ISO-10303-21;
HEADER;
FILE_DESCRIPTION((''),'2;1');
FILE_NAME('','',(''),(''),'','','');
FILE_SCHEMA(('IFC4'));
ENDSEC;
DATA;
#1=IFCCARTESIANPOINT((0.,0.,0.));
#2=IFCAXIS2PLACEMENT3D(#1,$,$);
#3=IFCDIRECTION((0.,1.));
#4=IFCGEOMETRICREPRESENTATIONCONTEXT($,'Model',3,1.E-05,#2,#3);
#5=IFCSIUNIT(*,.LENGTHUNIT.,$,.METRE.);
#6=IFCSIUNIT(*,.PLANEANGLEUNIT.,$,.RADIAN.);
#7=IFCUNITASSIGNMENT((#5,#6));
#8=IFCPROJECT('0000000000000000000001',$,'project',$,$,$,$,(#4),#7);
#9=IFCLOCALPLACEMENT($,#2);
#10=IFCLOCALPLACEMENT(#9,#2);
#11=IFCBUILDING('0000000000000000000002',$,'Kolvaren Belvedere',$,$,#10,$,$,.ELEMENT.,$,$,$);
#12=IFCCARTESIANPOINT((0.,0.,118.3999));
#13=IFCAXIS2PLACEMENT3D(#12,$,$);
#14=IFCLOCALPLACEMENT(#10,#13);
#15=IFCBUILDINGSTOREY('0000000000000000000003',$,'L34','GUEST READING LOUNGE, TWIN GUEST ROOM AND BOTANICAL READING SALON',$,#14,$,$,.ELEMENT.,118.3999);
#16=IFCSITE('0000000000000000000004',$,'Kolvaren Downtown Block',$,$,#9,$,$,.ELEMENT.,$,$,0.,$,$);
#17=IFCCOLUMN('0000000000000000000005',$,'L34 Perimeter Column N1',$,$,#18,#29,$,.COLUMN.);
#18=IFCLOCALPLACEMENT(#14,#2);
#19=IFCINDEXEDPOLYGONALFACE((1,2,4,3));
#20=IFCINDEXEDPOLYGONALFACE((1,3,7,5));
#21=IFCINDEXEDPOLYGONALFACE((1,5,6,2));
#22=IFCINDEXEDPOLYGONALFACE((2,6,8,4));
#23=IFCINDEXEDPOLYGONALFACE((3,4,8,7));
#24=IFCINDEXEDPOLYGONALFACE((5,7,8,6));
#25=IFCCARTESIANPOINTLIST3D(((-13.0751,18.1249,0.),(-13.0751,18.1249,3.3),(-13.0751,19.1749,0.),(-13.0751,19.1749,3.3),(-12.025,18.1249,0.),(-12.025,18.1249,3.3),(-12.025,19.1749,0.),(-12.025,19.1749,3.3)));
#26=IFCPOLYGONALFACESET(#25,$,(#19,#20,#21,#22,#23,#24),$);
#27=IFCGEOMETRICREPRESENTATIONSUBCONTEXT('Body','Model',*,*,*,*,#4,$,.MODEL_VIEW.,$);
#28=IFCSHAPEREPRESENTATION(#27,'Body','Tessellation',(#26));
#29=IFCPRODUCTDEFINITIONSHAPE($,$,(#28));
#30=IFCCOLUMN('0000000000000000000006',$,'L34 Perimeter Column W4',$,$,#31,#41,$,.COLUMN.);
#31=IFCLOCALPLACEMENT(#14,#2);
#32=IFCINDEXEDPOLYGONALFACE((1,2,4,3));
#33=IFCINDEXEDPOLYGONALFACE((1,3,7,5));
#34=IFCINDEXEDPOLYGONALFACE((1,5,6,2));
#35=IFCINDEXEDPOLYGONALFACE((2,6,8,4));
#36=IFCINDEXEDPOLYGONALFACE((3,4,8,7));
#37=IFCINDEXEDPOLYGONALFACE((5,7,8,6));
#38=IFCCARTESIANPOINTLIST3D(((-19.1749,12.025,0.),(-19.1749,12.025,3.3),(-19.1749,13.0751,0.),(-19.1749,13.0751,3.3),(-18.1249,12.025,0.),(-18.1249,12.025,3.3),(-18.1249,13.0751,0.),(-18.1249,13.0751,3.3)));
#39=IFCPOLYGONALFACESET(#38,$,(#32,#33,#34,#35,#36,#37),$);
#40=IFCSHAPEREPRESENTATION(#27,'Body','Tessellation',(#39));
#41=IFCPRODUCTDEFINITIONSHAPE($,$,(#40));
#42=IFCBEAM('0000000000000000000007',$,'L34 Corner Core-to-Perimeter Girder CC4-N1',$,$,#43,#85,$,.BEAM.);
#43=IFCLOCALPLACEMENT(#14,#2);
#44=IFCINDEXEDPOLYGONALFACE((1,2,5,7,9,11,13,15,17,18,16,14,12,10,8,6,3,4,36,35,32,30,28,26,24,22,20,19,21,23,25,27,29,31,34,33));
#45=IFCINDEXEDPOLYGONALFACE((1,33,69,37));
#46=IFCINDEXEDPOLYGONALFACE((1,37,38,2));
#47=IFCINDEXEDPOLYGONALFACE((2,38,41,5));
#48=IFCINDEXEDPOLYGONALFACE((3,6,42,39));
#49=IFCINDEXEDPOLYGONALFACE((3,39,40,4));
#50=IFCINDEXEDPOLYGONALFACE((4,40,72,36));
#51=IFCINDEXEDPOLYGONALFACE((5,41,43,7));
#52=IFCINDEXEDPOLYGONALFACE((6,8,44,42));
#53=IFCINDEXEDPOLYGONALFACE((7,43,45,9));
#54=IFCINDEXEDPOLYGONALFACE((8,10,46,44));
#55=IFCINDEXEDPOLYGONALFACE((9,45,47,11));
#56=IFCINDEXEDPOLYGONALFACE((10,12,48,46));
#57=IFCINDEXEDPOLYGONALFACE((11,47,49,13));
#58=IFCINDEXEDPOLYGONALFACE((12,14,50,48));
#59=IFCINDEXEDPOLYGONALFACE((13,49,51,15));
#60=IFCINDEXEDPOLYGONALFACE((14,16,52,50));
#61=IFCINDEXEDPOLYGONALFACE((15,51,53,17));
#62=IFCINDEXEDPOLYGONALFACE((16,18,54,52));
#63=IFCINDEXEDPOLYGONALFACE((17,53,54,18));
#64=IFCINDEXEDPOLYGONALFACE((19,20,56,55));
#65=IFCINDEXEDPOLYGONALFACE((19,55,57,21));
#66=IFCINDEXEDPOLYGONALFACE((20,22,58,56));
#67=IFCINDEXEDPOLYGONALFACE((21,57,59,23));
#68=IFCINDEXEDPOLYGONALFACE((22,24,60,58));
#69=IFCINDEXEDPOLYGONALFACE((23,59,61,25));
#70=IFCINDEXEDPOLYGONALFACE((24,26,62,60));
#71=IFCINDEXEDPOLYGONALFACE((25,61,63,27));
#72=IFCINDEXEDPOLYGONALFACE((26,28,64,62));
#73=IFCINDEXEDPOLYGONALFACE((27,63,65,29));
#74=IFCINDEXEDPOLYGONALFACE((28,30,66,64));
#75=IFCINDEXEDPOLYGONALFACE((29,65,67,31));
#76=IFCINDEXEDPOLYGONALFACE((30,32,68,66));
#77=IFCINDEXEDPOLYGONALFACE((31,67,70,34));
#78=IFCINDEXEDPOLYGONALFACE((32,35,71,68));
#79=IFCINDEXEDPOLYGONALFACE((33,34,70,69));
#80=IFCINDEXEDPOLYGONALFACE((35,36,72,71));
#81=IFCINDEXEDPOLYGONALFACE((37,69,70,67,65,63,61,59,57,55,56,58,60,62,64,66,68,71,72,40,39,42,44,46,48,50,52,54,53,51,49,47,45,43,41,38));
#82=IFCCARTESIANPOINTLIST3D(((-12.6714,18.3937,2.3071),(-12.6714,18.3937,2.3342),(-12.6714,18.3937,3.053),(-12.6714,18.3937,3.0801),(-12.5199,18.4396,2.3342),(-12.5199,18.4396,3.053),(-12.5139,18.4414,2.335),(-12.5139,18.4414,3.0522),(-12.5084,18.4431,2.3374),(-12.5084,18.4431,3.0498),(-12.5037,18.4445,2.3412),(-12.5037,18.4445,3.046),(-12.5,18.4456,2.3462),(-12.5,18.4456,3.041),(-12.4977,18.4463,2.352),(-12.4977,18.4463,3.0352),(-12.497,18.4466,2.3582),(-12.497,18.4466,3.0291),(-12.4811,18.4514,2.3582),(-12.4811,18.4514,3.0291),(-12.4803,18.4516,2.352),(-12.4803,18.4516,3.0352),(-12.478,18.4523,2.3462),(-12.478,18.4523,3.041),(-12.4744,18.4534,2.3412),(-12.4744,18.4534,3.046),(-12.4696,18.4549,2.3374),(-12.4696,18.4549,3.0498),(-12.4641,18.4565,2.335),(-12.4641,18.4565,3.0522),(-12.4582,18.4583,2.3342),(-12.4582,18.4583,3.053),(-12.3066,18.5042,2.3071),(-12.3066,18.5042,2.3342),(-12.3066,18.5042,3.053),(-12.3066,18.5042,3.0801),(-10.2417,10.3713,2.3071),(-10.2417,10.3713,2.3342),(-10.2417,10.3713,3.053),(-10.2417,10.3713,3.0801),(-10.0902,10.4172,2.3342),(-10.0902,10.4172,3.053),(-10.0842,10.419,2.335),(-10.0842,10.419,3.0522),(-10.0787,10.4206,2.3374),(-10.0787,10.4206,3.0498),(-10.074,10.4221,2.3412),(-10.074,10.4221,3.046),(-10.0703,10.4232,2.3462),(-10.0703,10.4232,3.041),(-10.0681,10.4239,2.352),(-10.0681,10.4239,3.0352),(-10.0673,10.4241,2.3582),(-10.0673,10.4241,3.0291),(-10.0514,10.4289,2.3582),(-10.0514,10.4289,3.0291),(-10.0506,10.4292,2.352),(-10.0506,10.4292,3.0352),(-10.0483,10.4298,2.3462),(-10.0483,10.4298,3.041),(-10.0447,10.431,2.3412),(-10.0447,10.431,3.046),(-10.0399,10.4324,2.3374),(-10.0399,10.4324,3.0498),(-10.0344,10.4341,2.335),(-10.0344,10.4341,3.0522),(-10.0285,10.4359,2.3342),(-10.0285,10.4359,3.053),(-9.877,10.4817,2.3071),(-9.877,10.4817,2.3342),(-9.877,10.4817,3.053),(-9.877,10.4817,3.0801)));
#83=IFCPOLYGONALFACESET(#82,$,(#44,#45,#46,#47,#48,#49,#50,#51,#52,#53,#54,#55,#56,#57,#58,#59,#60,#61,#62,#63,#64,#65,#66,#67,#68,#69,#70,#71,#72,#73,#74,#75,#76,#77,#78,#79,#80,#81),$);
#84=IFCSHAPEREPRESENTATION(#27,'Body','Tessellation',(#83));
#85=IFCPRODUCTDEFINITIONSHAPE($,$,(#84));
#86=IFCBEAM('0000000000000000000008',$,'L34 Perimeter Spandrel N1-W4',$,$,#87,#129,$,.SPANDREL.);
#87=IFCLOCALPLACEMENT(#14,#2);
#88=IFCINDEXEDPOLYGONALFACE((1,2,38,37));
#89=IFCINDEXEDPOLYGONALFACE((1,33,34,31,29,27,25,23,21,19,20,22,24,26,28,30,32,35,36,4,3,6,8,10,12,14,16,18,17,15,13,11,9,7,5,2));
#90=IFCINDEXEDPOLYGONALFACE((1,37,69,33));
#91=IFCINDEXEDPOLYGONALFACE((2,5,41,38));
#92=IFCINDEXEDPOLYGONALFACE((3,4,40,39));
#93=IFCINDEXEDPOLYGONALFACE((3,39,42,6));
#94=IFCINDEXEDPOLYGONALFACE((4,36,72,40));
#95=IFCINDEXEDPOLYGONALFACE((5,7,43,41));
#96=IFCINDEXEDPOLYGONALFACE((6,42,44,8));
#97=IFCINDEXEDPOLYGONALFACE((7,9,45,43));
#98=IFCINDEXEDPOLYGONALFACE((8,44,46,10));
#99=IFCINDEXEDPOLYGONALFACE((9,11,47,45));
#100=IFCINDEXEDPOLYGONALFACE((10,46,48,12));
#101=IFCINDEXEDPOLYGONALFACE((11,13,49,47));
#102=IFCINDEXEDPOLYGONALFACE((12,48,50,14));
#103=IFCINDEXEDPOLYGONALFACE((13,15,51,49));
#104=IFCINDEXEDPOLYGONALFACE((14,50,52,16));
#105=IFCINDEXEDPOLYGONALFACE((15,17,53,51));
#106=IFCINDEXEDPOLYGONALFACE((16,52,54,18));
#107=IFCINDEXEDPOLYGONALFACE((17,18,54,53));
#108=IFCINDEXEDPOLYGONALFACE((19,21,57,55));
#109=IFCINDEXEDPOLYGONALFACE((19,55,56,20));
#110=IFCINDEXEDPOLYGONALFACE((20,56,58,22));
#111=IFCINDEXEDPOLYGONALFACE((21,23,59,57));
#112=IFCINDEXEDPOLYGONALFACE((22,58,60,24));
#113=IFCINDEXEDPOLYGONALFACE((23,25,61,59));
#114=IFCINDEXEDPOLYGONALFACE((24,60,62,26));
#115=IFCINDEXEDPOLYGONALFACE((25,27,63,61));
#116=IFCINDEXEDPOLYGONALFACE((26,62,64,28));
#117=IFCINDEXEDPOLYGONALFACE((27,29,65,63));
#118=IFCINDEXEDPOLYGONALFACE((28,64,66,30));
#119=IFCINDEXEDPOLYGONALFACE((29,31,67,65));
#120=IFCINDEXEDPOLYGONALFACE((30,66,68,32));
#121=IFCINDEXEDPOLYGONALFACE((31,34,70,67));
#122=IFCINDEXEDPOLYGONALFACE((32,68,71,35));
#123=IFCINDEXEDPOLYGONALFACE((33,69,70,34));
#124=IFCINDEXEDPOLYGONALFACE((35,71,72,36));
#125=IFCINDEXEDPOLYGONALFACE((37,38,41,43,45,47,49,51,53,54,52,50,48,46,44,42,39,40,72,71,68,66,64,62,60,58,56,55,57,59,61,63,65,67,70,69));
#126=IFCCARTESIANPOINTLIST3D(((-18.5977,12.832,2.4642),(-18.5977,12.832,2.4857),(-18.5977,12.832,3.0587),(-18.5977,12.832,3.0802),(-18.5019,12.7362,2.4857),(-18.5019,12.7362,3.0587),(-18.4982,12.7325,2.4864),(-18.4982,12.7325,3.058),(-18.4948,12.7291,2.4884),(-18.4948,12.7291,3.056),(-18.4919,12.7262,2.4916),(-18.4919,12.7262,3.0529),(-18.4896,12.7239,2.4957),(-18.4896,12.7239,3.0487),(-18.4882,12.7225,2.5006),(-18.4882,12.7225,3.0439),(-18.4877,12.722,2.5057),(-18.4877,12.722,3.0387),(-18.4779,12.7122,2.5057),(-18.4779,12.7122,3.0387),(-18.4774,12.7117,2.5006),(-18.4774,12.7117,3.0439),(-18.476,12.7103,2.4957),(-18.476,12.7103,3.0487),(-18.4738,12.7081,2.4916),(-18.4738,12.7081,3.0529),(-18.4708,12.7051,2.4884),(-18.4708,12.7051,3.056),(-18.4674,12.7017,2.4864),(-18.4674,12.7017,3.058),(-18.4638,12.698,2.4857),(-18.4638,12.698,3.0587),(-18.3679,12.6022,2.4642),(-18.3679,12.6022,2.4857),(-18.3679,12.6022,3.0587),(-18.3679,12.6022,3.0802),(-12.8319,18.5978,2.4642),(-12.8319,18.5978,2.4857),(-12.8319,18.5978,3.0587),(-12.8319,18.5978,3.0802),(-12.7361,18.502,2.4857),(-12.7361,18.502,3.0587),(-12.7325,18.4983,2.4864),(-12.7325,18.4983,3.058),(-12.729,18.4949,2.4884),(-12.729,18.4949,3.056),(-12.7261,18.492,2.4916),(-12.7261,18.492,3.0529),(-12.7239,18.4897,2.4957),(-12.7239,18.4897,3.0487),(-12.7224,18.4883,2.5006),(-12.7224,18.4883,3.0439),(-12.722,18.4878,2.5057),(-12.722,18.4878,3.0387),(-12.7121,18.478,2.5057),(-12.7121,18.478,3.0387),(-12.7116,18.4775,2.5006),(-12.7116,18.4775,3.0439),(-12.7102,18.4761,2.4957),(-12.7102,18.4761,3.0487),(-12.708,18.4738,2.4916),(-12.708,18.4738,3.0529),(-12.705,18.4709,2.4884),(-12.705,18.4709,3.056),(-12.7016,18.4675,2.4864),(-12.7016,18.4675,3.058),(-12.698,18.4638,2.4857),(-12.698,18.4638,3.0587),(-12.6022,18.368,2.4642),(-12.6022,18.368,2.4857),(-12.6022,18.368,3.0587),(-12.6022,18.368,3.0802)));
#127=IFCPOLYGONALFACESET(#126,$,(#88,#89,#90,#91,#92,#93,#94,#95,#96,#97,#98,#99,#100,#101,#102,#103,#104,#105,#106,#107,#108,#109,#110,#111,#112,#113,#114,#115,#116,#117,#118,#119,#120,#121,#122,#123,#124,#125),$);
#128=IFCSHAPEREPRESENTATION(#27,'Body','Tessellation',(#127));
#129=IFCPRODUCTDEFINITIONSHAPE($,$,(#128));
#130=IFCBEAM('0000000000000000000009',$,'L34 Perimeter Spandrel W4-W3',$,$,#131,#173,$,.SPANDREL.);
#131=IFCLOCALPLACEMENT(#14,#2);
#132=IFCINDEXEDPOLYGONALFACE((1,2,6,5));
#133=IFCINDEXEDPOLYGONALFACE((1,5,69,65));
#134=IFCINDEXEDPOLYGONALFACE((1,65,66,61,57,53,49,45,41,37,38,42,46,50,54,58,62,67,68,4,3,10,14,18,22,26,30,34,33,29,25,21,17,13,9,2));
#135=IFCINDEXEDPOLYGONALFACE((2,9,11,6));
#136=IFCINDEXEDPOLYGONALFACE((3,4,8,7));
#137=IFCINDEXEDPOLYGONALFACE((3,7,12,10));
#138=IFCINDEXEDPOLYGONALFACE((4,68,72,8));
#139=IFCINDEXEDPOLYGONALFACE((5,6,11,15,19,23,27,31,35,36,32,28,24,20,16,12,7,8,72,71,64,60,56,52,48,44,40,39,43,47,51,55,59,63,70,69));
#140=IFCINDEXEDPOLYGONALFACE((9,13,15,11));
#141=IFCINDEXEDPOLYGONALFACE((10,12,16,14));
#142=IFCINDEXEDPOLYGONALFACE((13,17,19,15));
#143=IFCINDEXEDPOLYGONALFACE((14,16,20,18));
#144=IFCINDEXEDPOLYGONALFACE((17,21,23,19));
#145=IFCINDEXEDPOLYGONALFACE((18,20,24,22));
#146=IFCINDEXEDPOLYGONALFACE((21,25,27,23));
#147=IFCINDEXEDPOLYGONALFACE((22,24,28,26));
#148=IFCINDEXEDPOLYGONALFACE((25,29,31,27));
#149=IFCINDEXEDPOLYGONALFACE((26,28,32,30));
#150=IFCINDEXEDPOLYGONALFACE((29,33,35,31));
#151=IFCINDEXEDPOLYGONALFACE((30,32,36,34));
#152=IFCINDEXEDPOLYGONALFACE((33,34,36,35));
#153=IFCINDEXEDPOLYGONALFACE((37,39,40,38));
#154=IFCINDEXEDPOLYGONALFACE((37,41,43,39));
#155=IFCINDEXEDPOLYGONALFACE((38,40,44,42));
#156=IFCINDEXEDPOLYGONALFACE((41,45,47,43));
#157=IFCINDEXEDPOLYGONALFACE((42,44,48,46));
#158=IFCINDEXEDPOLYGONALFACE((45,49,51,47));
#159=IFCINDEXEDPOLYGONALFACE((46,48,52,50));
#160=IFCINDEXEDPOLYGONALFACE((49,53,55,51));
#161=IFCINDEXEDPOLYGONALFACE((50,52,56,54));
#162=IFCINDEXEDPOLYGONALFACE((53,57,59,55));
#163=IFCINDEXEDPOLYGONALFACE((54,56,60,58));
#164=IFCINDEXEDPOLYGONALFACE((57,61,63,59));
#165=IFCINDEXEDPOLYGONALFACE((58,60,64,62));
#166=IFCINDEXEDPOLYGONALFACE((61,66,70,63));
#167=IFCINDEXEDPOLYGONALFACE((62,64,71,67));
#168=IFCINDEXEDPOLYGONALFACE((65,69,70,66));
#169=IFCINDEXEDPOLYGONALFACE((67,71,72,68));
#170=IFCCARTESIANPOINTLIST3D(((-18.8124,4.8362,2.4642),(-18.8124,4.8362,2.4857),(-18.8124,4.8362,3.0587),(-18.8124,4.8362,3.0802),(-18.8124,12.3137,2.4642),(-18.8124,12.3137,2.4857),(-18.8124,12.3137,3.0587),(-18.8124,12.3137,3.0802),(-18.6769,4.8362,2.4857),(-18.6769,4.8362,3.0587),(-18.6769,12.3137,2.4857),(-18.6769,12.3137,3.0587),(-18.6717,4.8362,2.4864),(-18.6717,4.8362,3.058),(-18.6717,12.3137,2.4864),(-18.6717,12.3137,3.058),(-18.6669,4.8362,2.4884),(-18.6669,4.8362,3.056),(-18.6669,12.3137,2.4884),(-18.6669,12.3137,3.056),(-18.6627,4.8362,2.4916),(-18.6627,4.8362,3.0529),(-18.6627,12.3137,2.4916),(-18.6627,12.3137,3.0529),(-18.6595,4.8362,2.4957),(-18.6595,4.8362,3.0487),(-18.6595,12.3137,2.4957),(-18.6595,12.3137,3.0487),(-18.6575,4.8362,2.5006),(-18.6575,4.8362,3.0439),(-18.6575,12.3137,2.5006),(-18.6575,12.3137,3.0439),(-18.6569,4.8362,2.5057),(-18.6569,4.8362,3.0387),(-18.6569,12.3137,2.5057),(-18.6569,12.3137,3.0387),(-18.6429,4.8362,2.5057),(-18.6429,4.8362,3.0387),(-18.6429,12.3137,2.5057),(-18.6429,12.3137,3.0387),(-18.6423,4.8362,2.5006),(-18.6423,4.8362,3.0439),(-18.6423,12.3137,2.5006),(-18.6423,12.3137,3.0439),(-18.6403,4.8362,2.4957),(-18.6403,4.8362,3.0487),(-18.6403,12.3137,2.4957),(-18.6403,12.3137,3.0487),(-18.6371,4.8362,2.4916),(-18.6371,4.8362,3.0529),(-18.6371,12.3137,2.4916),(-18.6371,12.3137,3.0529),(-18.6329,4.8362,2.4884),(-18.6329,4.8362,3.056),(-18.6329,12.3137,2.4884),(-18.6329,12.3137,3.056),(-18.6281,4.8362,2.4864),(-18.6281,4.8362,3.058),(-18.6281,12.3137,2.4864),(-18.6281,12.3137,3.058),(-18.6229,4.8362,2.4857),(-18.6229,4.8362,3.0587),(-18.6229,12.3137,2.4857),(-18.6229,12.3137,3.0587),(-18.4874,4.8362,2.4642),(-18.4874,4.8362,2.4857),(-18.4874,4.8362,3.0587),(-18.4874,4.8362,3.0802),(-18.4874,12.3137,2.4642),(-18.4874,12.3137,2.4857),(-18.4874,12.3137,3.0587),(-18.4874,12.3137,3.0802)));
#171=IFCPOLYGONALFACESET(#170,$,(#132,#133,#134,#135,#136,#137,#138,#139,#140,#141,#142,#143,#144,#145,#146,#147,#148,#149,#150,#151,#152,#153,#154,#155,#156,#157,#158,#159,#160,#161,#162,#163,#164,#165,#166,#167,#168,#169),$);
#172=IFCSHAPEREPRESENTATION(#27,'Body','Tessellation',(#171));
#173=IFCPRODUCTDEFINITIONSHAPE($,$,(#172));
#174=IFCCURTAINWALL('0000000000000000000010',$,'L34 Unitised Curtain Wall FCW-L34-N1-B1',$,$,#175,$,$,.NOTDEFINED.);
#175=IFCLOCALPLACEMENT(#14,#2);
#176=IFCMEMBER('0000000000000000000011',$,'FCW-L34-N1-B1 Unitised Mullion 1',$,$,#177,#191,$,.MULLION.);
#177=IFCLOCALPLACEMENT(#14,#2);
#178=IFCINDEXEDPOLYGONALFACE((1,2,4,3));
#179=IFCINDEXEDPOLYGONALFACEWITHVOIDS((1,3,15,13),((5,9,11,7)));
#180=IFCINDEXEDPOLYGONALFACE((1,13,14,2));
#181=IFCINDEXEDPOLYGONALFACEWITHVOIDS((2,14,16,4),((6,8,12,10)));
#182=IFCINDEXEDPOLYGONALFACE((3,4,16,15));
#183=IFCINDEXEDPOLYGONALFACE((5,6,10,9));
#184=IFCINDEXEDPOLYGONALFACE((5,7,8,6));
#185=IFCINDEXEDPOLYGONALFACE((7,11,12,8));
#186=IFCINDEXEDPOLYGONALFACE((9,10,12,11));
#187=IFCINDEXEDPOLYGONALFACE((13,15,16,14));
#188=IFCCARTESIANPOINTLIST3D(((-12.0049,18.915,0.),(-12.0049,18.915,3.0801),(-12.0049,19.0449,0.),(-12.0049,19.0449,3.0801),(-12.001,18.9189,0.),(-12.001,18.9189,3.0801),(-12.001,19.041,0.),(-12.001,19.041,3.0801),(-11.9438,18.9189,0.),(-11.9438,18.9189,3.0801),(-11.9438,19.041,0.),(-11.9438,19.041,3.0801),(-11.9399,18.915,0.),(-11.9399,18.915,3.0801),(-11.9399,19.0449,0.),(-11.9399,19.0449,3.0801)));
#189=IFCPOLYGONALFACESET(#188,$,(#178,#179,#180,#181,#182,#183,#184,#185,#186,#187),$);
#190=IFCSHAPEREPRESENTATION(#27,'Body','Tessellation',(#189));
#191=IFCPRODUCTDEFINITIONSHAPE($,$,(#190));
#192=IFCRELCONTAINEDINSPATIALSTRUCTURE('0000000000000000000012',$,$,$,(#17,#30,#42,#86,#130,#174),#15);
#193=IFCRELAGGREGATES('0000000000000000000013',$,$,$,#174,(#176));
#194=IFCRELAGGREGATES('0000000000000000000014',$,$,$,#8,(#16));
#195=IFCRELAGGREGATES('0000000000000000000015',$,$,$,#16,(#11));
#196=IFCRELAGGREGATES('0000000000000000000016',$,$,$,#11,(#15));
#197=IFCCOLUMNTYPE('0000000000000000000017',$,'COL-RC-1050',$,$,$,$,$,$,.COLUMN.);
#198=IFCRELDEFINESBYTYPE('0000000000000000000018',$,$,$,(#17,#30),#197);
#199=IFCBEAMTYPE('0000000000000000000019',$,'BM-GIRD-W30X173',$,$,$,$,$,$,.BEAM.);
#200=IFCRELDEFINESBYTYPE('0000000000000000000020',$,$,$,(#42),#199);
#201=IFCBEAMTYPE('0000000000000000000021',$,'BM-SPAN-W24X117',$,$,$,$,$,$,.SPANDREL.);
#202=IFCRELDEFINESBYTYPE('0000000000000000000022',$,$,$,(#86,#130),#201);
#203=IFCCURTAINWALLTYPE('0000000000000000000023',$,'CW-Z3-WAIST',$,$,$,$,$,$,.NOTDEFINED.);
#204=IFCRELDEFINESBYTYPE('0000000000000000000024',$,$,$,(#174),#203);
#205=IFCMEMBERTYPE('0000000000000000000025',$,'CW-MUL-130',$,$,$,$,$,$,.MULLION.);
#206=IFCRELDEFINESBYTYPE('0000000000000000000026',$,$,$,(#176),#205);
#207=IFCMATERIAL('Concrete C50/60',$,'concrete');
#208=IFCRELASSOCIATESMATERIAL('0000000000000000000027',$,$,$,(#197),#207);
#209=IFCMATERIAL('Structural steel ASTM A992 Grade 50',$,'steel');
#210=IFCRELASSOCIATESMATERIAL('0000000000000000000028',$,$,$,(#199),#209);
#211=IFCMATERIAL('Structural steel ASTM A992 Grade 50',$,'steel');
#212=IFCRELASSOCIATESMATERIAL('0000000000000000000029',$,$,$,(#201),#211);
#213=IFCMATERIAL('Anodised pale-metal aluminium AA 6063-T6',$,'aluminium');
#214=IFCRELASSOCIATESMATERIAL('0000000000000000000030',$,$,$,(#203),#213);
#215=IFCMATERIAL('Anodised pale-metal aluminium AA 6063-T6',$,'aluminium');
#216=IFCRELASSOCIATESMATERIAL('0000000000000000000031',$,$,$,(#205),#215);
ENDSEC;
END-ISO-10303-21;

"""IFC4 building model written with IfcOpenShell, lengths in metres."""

from ifc_helpers import new_model, si_unit, direction, frame, origin, origin_2d, place, context, subcontext, project, spatial, rectangle, hollow_rectangle, i_section, extrude, material, material_profile, profile_set, type_object, element, aggregate, save


model = new_model("IFC4")

# Units and contexts
model_context = context("Model", 3, precision=1e-05, world=origin(), true_north=direction((0.0, 1.0)))
body_context = subcontext(model_context, "Body", "Model", "MODEL_VIEW")
ifc_project = project(units=[si_unit("LENGTHUNIT", "METRE"), si_unit("PLANEANGLEUNIT", "RADIAN")], contexts=[model_context])

# Site, building, storey
site_placement = place(None, origin())
site = spatial("IfcSite", under=ifc_project, at=site_placement, Name="Kolvaren Downtown Block", CompositionType="ELEMENT", RefElevation=0.0)
building_placement = place(site_placement, origin())
building = spatial("IfcBuilding", under=site, at=building_placement, Name="Kolvaren Belvedere", CompositionType="ELEMENT")
storey_placement = place(building_placement, frame((0.0, 0.0, 118.3999)))
storey = spatial("IfcBuildingStorey", under=building, at=storey_placement, Name="L34", Description="GUEST READING LOUNGE, TWIN GUEST ROOM AND BOTANICAL READING SALON", CompositionType="ELEMENT", Elevation=118.3999)

# Columns
ifc_material_1 = material(Name="Concrete C50/60", Category="concrete")
ifc_material_profile_1 = material_profile(ifc_material_1, rectangle(XDim=1.05, YDim=1.05, at=origin_2d()), Name="RC 1050X1050")
ifc_profile_set_1 = profile_set([ifc_material_profile_1], Name="Concrete C50/60")
column_type = type_object("IfcColumnType", Name="COL-RC-1050", PredefinedType="COLUMN", material=ifc_profile_set_1)
for number, where, z_axis, x_axis, name in (
    (1, (-12.55, 18.6499, 0.0), (0.0, 0.0, 1.0), (1.0, 0.0, 0.0), "L34 Perimeter Column N1"),
    (2, (-18.6499, 12.55, 0.0), (0.0, 0.0, 1.0), (1.0, 0.0, 0.0), "L34 Perimeter Column W4"),
):
    element("IfcColumn", number, at=place(storey_placement, frame(where, z_axis=z_axis, x_axis=x_axis)), inside=storey, type_object=column_type, Name=name, PredefinedType="COLUMN", context=body_context, shape_type="SweptSolid", body=[
        extrude(rectangle(XDim=1.05, YDim=1.05, at=origin_2d()), origin(), (0.0, 0.0, 1.0), 3.3),
    ])

# Beams
ifc_material_2 = material(Name="Structural steel ASTM A992 Grade 50", Category="steel")
ifc_material_profile_2 = material_profile(ifc_material_2, i_section(OverallWidth=0.3811, OverallDepth=0.7729, WebThickness=0.0166, FlangeThickness=0.0271, FilletRadius=0.0239, at=origin_2d()), Name="W30X173")
ifc_profile_set_2 = profile_set([ifc_material_profile_2], Name="Structural steel ASTM A992 Grade 50")
beam_type_1 = type_object("IfcBeamType", Name="BM-GIRD-W30X173", PredefinedType="BEAM", material=ifc_profile_set_2)
beam_1_placement = place(storey_placement, frame((-10.0593, 10.4265, 2.6936), z_axis=(-0.289859, 0.957069, 0.0), x_axis=(-0.957069, -0.289859, 0.0)))
element("IfcBeam", 3, at=beam_1_placement, inside=storey, type_object=beam_type_1, Name="L34 Corner Core-to-Perimeter Girder CC4-N1", PredefinedType="BEAM", context=body_context, shape_type="SweptSolid", body=[
    extrude(i_section(OverallWidth=0.3811, OverallDepth=0.7729, WebThickness=0.0166, FlangeThickness=0.0271, FilletRadius=0.0239, at=origin_2d()), origin(), (0.0, 0.0, 1.0), 8.3823),
])
ifc_material_3 = material(Name="Structural steel ASTM A992 Grade 50", Category="steel")
ifc_material_profile_3 = material_profile(ifc_material_3, i_section(OverallWidth=0.325, OverallDepth=0.616, WebThickness=0.0139, FlangeThickness=0.0215, FilletRadius=0.02, at=origin_2d()), Name="W24X117")
ifc_profile_set_3 = profile_set([ifc_material_profile_3], Name="Structural steel ASTM A992 Grade 50")
beam_type_2 = type_object("IfcBeamType", Name="BM-SPAN-W24X117", PredefinedType="SPANDREL", material=ifc_profile_set_3)
beam_2_placement = place(storey_placement, frame((-12.717, 18.4829, 2.7722), z_axis=(-0.707107, -0.707107, 0.0), x_axis=(0.707107, -0.707107, 0.0)))
element("IfcBeam", 4, at=beam_2_placement, inside=storey, type_object=beam_type_2, Name="L34 Perimeter Spandrel N1-W4", PredefinedType="SPANDREL", context=body_context, shape_type="SweptSolid", body=[
    extrude(i_section(OverallWidth=0.325, OverallDepth=0.616, WebThickness=0.0139, FlangeThickness=0.0215, FilletRadius=0.02, at=origin_2d()), origin(), (0.0, 0.0, 1.0), 8.1541),
])
beam_3_placement = place(storey_placement, frame((-18.6499, 12.3137, 2.7722), z_axis=(0.0, -1.0, 0.0), x_axis=(1.0, 0.0, 0.0)))
element("IfcBeam", 5, at=beam_3_placement, inside=storey, type_object=beam_type_2, Name="L34 Perimeter Spandrel W4-W3", PredefinedType="SPANDREL", context=body_context, shape_type="SweptSolid", body=[
    extrude(i_section(OverallWidth=0.325, OverallDepth=0.616, WebThickness=0.0139, FlangeThickness=0.0215, FilletRadius=0.02, at=origin_2d()), origin(), (0.0, 0.0, 1.0), 7.4775),
])

# Curtain wall, member
ifc_material_4 = material(Name="Anodised pale-metal aluminium AA 6063-T6", Category="aluminium")
curtain_wall_type = type_object("IfcCurtainWallType", Name="CW-Z3-WAIST", PredefinedType="NOTDEFINED", material=ifc_material_4)
curtain_wall_1_placement = place(storey_placement, origin())
curtain_wall_1 = element("IfcCurtainWall", 6, at=curtain_wall_1_placement, inside=storey, type_object=curtain_wall_type, Name="L34 Unitised Curtain Wall FCW-L34-N1-B1", PredefinedType="NOTDEFINED")
ifc_material_5 = material(Name="Anodised pale-metal aluminium AA 6063-T6", Category="aluminium")
ifc_material_profile_4 = material_profile(ifc_material_5, hollow_rectangle(XDim=0.0649, YDim=0.1299, WallThickness=0.0039, at=origin_2d()), Name="ALU-MUL-130X65")
ifc_profile_set_4 = profile_set([ifc_material_profile_4], Name="Anodised pale-metal aluminium AA 6063-T6")
member_type_1 = type_object("IfcMemberType", Name="CW-MUL-130", PredefinedType="MULLION", material=ifc_profile_set_4)
member_1_placement = place(storey_placement, frame((-11.9724, 18.98, 0.0), z_axis=(0.0, 0.0, 1.0), x_axis=(1.0, 0.0, 0.0)))
member_1 = element("IfcMember", 7, at=member_1_placement, type_object=member_type_1, Name="FCW-L34-N1-B1 Unitised Mullion 1", PredefinedType="MULLION", context=body_context, shape_type="SweptSolid", body=[
    extrude(hollow_rectangle(XDim=0.0649, YDim=0.1299, WallThickness=0.0039, at=origin_2d()), origin(), (0.0, 0.0, 1.0), 3.0801),
])

aggregate(curtain_wall_1, [member_1])

save(model, "model.ifc")
